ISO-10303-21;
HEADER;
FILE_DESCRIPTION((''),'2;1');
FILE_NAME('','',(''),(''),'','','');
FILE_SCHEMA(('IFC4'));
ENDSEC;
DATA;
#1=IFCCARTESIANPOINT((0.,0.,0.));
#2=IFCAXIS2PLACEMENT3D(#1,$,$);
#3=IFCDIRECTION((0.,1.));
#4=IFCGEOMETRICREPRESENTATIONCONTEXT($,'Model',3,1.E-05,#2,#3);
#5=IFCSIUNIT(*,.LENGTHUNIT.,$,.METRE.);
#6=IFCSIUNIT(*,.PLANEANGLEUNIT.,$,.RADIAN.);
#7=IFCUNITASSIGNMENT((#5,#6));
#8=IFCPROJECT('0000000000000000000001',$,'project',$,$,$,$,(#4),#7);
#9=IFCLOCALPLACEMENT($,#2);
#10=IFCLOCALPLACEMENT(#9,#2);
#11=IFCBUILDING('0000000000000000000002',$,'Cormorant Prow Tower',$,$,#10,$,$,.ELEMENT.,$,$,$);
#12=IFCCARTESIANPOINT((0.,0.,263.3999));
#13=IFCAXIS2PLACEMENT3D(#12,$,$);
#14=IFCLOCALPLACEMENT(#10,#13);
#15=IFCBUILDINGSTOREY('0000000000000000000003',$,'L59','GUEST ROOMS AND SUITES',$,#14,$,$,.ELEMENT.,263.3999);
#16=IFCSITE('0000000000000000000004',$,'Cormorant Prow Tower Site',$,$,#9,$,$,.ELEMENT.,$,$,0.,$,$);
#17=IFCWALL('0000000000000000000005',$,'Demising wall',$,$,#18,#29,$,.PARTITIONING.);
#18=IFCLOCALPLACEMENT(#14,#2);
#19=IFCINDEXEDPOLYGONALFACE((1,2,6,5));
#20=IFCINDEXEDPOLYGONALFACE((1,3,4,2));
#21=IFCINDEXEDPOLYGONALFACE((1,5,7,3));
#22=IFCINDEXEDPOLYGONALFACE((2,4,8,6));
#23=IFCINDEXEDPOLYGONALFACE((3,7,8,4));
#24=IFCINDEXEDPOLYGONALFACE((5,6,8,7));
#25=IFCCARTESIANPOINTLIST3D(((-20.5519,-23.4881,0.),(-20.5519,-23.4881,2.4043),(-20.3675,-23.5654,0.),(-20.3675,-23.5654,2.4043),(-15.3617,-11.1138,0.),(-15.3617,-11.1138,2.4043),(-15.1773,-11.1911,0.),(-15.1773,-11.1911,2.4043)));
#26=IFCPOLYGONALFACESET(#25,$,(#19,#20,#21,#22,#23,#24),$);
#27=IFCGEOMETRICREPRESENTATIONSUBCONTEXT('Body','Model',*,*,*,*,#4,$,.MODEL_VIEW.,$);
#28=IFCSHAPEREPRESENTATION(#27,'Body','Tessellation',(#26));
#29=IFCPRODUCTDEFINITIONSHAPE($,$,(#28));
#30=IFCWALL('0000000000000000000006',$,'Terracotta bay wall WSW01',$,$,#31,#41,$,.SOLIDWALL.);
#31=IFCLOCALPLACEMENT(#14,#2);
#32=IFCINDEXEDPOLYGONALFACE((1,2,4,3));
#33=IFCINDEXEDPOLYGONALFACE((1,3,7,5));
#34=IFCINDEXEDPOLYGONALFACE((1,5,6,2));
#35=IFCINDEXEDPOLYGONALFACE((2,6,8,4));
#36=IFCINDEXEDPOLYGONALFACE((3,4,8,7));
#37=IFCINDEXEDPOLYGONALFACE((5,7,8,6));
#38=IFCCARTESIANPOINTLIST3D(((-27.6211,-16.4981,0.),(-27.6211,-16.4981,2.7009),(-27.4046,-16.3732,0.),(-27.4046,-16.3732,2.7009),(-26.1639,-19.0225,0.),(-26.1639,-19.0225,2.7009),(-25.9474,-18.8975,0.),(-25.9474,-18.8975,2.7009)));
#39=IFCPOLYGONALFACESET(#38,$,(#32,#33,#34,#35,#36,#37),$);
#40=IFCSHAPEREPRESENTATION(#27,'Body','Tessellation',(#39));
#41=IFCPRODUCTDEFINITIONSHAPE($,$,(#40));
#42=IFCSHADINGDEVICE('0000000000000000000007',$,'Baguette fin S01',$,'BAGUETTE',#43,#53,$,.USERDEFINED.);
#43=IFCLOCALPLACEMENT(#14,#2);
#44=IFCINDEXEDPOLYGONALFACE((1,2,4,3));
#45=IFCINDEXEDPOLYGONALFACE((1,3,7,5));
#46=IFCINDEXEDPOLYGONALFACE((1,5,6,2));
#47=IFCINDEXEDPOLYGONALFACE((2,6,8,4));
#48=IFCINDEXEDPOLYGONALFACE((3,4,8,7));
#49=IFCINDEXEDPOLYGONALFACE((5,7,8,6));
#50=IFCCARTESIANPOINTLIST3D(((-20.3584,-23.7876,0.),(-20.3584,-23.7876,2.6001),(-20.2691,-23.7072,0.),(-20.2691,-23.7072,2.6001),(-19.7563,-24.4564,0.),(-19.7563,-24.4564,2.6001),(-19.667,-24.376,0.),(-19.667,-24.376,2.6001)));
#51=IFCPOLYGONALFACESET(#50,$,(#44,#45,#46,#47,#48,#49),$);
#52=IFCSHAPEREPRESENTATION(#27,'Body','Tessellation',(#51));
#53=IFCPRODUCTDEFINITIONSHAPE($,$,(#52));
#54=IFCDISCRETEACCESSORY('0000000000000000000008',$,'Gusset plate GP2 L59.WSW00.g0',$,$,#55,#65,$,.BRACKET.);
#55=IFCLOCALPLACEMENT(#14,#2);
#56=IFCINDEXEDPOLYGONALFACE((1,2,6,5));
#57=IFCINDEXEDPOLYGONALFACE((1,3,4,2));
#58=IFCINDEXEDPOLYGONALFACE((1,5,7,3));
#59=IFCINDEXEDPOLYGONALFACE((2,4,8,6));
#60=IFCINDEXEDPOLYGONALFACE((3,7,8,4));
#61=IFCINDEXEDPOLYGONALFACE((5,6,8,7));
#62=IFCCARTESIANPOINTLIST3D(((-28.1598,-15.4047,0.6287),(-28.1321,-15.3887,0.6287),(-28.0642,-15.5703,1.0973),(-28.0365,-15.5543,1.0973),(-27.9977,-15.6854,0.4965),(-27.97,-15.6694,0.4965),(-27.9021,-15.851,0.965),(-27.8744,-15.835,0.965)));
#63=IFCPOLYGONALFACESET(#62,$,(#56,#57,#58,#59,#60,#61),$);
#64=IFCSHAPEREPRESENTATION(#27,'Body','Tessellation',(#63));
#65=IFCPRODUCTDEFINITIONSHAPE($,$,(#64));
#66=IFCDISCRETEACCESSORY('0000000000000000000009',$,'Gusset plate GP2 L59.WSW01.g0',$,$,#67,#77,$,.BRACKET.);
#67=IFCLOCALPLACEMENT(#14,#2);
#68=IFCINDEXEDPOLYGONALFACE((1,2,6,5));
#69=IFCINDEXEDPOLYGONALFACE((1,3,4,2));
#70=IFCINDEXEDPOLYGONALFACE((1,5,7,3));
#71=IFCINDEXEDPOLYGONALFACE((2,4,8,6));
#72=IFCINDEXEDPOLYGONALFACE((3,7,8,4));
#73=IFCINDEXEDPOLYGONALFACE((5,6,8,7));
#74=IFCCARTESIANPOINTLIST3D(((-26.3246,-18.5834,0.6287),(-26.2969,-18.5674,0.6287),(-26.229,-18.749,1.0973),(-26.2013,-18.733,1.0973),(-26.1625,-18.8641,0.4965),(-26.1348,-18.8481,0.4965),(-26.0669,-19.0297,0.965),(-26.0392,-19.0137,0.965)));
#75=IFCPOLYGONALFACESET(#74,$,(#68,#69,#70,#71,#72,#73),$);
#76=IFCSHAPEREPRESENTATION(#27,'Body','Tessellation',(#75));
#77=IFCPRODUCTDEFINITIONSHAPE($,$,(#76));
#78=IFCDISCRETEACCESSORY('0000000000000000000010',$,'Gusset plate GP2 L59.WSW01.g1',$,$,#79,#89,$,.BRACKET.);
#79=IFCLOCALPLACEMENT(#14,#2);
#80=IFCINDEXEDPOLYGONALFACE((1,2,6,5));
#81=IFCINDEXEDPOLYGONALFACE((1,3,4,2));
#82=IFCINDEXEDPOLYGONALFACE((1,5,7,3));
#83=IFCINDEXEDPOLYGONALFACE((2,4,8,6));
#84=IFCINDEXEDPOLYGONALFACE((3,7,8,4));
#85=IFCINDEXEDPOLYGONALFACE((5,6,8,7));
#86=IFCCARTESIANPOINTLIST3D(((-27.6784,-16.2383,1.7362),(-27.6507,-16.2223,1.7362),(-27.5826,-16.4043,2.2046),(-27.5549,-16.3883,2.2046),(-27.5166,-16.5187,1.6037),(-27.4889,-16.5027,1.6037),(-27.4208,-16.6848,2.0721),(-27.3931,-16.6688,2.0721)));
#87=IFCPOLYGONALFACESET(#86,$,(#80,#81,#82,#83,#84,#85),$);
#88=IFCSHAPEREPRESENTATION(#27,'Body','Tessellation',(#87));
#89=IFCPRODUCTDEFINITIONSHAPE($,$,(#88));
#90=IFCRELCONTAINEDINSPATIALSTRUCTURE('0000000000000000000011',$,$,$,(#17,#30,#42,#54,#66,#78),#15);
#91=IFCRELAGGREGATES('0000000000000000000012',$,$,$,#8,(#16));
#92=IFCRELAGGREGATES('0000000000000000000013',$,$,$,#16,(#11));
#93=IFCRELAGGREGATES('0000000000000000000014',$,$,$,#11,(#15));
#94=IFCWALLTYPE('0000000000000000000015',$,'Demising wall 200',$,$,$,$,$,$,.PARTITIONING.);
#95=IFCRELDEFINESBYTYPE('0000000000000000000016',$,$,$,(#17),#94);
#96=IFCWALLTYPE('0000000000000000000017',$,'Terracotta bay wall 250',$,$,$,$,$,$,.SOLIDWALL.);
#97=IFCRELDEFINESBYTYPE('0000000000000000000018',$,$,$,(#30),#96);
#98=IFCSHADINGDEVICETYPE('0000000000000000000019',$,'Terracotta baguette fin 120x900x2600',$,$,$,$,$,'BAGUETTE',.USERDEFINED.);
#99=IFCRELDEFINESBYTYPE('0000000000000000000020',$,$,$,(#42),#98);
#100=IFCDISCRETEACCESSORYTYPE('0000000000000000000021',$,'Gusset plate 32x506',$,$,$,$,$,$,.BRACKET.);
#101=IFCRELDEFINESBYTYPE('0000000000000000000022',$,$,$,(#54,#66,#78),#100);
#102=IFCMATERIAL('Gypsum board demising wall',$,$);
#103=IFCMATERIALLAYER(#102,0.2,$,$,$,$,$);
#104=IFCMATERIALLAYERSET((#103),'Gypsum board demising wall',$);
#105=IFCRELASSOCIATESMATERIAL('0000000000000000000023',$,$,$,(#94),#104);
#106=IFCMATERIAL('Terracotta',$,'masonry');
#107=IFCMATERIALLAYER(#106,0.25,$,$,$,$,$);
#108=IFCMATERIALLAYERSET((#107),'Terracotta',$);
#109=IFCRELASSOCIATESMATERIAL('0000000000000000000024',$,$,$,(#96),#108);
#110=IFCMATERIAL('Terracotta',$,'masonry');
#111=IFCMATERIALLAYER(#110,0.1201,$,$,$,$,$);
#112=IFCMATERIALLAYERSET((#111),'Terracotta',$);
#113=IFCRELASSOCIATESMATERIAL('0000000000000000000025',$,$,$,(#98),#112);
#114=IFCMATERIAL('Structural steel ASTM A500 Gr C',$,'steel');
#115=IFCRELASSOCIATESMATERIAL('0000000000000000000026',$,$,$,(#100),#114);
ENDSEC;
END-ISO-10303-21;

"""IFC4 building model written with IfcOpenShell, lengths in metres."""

from ifc_helpers import new_model, si_unit, direction, frame, frame_2d, origin, origin_2d, place, context, subcontext, project, spatial, rectangle, extrude, material, layer, layer_set, material_profile, profile_set, type_object, element, save


model = new_model("IFC4")

# Units and contexts
model_context = context("Model", 3, precision=1e-05, world=origin(), true_north=direction((0.0, 1.0)))
body_context = subcontext(model_context, "Body", "Model", "MODEL_VIEW")
ifc_project = project(units=[si_unit("LENGTHUNIT", "METRE"), si_unit("PLANEANGLEUNIT", "RADIAN")], contexts=[model_context])

# Site, building, storey
site_placement = place(None, origin())
site = spatial("IfcSite", under=ifc_project, at=site_placement, Name="Cormorant Prow Tower Site", CompositionType="ELEMENT", RefElevation=0.0)
building_placement = place(site_placement, origin())
building = spatial("IfcBuilding", under=site, at=building_placement, Name="Cormorant Prow Tower", CompositionType="ELEMENT")
storey_placement = place(building_placement, frame((0.0, 0.0, 263.3999)))
storey = spatial("IfcBuildingStorey", under=building, at=storey_placement, Name="L59", Description="GUEST ROOMS AND SUITES", CompositionType="ELEMENT", Elevation=263.3999)

# Walls
ifc_material_1 = material(Name="Gypsum board demising wall")
ifc_layer_1 = layer(ifc_material_1, 0.2)
ifc_layer_set_1 = layer_set([ifc_layer_1], Name="Gypsum board demising wall")
wall_type_1 = type_object("IfcWallType", Name="Demising wall 200", PredefinedType="PARTITIONING", material=ifc_layer_set_1)
wall_1_placement = place(storey_placement, frame((-20.4597, -23.5269, 0.0), z_axis=(0.0, 0.0, 1.0), x_axis=(0.386789, 0.922168, 0.0)))
element("IfcWall", 1, at=wall_1_placement, inside=storey, type_object=wall_type_1, Name="Demising wall", PredefinedType="PARTITIONING", context=body_context, shape_type="SweptSolid", body=[
    extrude(rectangle(XDim=13.4187, YDim=0.2, at=frame_2d((6.7095, 0.0))), origin(), (0.0, 0.0, 1.0), 2.4043),
])
ifc_material_2 = material(Name="Terracotta", Category="masonry")
ifc_layer_2 = layer(ifc_material_2, 0.25)
ifc_layer_set_2 = layer_set([ifc_layer_2], Name="Terracotta")
wall_type_2 = type_object("IfcWallType", Name="Terracotta bay wall 250", PredefinedType="SOLIDWALL", material=ifc_layer_set_2)
wall_2_placement = place(storey_placement, frame((-27.5129, -16.4355, 0.0), z_axis=(0.0, 0.0, 1.0), x_axis=(0.49995, -0.866054, 0.0)))
element("IfcWall", 2, at=wall_2_placement, inside=storey, type_object=wall_type_2, Name="Terracotta bay wall WSW01", PredefinedType="SOLIDWALL", context=body_context, shape_type="SweptSolid", body=[
    extrude(rectangle(XDim=2.9148, YDim=0.25, at=frame_2d((1.4575, 0.0))), origin(), (0.0, 0.0, 1.0), 2.7009),
])

# Shading device
ifc_material_3 = material(Name="Terracotta", Category="masonry")
ifc_layer_3 = layer(ifc_material_3, 0.1201)
ifc_layer_set_3 = layer_set([ifc_layer_3], Name="Terracotta")
shading_device_type = type_object("IfcShadingDeviceType", Name="Terracotta baguette fin 120x900x2600", ElementType="BAGUETTE", PredefinedType="USERDEFINED", material=ifc_layer_set_3)
shading_device_placement = place(storey_placement, frame((-20.0127, -24.0818, 0.0), z_axis=(0.0, 0.0, 1.0), x_axis=(0.743145, 0.669131, 0.0)))
element("IfcShadingDevice", 3, at=shading_device_placement, inside=storey, type_object=shading_device_type, Name="Baguette fin S01", ObjectType="BAGUETTE", PredefinedType="USERDEFINED", context=body_context, shape_type="SweptSolid", body=[
    extrude(rectangle(XDim=0.1201, YDim=0.8999, at=origin_2d()), origin(), (0.0, 0.0, 1.0), 2.6001),
])

# Discrete accessories
ifc_material_4 = material(Name="Structural steel ASTM A500 Gr C", Category="steel")
ifc_material_profile_1 = material_profile(ifc_material_4, rectangle(XDim=0.032, YDim=0.5061, at=origin_2d()), Name="Gusset plate 32x506")
ifc_profile_set_1 = profile_set([ifc_material_profile_1], Name="Structural steel ASTM A500 Gr C")
discrete_accessory_type = type_object("IfcDiscreteAccessoryType", Name="Gusset plate 32x506", PredefinedType="BRACKET", material=ifc_profile_set_1)
for number, where, z_axis, x_axis, name in (
    (4, (-28.0981, -15.4795, 0.863), (0.46295, -0.801796, -0.37789), (0.86601, 0.500027, 0.0), "Gusset plate GP2 L59.WSW00.g0"),
    (5, (-26.2629, -18.6582, 0.863), (0.46295, -0.801796, -0.37789), (0.86601, 0.500027, 0.0), "Gusset plate GP2 L59.WSW01.g0"),
):
    element("IfcDiscreteAccessory", number, at=place(storey_placement, frame(where, z_axis=z_axis, x_axis=x_axis)), inside=storey, type_object=discrete_accessory_type, Name=name, PredefinedType="BRACKET", context=body_context, shape_type="SweptSolid", body=[
        extrude(rectangle(XDim=0.032, YDim=0.5061, at=origin_2d()), origin(), (0.0, 0.0, 1.0), 0.3501),
    ])
discrete_accessory_placement = place(storey_placement, frame((-27.4548, -16.5938, 1.8379), z_axis=(-0.462538, 0.801594, 0.378821), x_axis=(-0.866148, -0.499788, 0.0)))
element("IfcDiscreteAccessory", 6, at=discrete_accessory_placement, inside=storey, type_object=discrete_accessory_type, Name="Gusset plate GP2 L59.WSW01.g1", PredefinedType="BRACKET", context=body_context, shape_type="SweptSolid", body=[
    extrude(rectangle(XDim=0.032, YDim=0.5061, at=origin_2d()), origin(), (0.0, 0.0, 1.0), 0.3499),
])

save(model, "model.ifc")
